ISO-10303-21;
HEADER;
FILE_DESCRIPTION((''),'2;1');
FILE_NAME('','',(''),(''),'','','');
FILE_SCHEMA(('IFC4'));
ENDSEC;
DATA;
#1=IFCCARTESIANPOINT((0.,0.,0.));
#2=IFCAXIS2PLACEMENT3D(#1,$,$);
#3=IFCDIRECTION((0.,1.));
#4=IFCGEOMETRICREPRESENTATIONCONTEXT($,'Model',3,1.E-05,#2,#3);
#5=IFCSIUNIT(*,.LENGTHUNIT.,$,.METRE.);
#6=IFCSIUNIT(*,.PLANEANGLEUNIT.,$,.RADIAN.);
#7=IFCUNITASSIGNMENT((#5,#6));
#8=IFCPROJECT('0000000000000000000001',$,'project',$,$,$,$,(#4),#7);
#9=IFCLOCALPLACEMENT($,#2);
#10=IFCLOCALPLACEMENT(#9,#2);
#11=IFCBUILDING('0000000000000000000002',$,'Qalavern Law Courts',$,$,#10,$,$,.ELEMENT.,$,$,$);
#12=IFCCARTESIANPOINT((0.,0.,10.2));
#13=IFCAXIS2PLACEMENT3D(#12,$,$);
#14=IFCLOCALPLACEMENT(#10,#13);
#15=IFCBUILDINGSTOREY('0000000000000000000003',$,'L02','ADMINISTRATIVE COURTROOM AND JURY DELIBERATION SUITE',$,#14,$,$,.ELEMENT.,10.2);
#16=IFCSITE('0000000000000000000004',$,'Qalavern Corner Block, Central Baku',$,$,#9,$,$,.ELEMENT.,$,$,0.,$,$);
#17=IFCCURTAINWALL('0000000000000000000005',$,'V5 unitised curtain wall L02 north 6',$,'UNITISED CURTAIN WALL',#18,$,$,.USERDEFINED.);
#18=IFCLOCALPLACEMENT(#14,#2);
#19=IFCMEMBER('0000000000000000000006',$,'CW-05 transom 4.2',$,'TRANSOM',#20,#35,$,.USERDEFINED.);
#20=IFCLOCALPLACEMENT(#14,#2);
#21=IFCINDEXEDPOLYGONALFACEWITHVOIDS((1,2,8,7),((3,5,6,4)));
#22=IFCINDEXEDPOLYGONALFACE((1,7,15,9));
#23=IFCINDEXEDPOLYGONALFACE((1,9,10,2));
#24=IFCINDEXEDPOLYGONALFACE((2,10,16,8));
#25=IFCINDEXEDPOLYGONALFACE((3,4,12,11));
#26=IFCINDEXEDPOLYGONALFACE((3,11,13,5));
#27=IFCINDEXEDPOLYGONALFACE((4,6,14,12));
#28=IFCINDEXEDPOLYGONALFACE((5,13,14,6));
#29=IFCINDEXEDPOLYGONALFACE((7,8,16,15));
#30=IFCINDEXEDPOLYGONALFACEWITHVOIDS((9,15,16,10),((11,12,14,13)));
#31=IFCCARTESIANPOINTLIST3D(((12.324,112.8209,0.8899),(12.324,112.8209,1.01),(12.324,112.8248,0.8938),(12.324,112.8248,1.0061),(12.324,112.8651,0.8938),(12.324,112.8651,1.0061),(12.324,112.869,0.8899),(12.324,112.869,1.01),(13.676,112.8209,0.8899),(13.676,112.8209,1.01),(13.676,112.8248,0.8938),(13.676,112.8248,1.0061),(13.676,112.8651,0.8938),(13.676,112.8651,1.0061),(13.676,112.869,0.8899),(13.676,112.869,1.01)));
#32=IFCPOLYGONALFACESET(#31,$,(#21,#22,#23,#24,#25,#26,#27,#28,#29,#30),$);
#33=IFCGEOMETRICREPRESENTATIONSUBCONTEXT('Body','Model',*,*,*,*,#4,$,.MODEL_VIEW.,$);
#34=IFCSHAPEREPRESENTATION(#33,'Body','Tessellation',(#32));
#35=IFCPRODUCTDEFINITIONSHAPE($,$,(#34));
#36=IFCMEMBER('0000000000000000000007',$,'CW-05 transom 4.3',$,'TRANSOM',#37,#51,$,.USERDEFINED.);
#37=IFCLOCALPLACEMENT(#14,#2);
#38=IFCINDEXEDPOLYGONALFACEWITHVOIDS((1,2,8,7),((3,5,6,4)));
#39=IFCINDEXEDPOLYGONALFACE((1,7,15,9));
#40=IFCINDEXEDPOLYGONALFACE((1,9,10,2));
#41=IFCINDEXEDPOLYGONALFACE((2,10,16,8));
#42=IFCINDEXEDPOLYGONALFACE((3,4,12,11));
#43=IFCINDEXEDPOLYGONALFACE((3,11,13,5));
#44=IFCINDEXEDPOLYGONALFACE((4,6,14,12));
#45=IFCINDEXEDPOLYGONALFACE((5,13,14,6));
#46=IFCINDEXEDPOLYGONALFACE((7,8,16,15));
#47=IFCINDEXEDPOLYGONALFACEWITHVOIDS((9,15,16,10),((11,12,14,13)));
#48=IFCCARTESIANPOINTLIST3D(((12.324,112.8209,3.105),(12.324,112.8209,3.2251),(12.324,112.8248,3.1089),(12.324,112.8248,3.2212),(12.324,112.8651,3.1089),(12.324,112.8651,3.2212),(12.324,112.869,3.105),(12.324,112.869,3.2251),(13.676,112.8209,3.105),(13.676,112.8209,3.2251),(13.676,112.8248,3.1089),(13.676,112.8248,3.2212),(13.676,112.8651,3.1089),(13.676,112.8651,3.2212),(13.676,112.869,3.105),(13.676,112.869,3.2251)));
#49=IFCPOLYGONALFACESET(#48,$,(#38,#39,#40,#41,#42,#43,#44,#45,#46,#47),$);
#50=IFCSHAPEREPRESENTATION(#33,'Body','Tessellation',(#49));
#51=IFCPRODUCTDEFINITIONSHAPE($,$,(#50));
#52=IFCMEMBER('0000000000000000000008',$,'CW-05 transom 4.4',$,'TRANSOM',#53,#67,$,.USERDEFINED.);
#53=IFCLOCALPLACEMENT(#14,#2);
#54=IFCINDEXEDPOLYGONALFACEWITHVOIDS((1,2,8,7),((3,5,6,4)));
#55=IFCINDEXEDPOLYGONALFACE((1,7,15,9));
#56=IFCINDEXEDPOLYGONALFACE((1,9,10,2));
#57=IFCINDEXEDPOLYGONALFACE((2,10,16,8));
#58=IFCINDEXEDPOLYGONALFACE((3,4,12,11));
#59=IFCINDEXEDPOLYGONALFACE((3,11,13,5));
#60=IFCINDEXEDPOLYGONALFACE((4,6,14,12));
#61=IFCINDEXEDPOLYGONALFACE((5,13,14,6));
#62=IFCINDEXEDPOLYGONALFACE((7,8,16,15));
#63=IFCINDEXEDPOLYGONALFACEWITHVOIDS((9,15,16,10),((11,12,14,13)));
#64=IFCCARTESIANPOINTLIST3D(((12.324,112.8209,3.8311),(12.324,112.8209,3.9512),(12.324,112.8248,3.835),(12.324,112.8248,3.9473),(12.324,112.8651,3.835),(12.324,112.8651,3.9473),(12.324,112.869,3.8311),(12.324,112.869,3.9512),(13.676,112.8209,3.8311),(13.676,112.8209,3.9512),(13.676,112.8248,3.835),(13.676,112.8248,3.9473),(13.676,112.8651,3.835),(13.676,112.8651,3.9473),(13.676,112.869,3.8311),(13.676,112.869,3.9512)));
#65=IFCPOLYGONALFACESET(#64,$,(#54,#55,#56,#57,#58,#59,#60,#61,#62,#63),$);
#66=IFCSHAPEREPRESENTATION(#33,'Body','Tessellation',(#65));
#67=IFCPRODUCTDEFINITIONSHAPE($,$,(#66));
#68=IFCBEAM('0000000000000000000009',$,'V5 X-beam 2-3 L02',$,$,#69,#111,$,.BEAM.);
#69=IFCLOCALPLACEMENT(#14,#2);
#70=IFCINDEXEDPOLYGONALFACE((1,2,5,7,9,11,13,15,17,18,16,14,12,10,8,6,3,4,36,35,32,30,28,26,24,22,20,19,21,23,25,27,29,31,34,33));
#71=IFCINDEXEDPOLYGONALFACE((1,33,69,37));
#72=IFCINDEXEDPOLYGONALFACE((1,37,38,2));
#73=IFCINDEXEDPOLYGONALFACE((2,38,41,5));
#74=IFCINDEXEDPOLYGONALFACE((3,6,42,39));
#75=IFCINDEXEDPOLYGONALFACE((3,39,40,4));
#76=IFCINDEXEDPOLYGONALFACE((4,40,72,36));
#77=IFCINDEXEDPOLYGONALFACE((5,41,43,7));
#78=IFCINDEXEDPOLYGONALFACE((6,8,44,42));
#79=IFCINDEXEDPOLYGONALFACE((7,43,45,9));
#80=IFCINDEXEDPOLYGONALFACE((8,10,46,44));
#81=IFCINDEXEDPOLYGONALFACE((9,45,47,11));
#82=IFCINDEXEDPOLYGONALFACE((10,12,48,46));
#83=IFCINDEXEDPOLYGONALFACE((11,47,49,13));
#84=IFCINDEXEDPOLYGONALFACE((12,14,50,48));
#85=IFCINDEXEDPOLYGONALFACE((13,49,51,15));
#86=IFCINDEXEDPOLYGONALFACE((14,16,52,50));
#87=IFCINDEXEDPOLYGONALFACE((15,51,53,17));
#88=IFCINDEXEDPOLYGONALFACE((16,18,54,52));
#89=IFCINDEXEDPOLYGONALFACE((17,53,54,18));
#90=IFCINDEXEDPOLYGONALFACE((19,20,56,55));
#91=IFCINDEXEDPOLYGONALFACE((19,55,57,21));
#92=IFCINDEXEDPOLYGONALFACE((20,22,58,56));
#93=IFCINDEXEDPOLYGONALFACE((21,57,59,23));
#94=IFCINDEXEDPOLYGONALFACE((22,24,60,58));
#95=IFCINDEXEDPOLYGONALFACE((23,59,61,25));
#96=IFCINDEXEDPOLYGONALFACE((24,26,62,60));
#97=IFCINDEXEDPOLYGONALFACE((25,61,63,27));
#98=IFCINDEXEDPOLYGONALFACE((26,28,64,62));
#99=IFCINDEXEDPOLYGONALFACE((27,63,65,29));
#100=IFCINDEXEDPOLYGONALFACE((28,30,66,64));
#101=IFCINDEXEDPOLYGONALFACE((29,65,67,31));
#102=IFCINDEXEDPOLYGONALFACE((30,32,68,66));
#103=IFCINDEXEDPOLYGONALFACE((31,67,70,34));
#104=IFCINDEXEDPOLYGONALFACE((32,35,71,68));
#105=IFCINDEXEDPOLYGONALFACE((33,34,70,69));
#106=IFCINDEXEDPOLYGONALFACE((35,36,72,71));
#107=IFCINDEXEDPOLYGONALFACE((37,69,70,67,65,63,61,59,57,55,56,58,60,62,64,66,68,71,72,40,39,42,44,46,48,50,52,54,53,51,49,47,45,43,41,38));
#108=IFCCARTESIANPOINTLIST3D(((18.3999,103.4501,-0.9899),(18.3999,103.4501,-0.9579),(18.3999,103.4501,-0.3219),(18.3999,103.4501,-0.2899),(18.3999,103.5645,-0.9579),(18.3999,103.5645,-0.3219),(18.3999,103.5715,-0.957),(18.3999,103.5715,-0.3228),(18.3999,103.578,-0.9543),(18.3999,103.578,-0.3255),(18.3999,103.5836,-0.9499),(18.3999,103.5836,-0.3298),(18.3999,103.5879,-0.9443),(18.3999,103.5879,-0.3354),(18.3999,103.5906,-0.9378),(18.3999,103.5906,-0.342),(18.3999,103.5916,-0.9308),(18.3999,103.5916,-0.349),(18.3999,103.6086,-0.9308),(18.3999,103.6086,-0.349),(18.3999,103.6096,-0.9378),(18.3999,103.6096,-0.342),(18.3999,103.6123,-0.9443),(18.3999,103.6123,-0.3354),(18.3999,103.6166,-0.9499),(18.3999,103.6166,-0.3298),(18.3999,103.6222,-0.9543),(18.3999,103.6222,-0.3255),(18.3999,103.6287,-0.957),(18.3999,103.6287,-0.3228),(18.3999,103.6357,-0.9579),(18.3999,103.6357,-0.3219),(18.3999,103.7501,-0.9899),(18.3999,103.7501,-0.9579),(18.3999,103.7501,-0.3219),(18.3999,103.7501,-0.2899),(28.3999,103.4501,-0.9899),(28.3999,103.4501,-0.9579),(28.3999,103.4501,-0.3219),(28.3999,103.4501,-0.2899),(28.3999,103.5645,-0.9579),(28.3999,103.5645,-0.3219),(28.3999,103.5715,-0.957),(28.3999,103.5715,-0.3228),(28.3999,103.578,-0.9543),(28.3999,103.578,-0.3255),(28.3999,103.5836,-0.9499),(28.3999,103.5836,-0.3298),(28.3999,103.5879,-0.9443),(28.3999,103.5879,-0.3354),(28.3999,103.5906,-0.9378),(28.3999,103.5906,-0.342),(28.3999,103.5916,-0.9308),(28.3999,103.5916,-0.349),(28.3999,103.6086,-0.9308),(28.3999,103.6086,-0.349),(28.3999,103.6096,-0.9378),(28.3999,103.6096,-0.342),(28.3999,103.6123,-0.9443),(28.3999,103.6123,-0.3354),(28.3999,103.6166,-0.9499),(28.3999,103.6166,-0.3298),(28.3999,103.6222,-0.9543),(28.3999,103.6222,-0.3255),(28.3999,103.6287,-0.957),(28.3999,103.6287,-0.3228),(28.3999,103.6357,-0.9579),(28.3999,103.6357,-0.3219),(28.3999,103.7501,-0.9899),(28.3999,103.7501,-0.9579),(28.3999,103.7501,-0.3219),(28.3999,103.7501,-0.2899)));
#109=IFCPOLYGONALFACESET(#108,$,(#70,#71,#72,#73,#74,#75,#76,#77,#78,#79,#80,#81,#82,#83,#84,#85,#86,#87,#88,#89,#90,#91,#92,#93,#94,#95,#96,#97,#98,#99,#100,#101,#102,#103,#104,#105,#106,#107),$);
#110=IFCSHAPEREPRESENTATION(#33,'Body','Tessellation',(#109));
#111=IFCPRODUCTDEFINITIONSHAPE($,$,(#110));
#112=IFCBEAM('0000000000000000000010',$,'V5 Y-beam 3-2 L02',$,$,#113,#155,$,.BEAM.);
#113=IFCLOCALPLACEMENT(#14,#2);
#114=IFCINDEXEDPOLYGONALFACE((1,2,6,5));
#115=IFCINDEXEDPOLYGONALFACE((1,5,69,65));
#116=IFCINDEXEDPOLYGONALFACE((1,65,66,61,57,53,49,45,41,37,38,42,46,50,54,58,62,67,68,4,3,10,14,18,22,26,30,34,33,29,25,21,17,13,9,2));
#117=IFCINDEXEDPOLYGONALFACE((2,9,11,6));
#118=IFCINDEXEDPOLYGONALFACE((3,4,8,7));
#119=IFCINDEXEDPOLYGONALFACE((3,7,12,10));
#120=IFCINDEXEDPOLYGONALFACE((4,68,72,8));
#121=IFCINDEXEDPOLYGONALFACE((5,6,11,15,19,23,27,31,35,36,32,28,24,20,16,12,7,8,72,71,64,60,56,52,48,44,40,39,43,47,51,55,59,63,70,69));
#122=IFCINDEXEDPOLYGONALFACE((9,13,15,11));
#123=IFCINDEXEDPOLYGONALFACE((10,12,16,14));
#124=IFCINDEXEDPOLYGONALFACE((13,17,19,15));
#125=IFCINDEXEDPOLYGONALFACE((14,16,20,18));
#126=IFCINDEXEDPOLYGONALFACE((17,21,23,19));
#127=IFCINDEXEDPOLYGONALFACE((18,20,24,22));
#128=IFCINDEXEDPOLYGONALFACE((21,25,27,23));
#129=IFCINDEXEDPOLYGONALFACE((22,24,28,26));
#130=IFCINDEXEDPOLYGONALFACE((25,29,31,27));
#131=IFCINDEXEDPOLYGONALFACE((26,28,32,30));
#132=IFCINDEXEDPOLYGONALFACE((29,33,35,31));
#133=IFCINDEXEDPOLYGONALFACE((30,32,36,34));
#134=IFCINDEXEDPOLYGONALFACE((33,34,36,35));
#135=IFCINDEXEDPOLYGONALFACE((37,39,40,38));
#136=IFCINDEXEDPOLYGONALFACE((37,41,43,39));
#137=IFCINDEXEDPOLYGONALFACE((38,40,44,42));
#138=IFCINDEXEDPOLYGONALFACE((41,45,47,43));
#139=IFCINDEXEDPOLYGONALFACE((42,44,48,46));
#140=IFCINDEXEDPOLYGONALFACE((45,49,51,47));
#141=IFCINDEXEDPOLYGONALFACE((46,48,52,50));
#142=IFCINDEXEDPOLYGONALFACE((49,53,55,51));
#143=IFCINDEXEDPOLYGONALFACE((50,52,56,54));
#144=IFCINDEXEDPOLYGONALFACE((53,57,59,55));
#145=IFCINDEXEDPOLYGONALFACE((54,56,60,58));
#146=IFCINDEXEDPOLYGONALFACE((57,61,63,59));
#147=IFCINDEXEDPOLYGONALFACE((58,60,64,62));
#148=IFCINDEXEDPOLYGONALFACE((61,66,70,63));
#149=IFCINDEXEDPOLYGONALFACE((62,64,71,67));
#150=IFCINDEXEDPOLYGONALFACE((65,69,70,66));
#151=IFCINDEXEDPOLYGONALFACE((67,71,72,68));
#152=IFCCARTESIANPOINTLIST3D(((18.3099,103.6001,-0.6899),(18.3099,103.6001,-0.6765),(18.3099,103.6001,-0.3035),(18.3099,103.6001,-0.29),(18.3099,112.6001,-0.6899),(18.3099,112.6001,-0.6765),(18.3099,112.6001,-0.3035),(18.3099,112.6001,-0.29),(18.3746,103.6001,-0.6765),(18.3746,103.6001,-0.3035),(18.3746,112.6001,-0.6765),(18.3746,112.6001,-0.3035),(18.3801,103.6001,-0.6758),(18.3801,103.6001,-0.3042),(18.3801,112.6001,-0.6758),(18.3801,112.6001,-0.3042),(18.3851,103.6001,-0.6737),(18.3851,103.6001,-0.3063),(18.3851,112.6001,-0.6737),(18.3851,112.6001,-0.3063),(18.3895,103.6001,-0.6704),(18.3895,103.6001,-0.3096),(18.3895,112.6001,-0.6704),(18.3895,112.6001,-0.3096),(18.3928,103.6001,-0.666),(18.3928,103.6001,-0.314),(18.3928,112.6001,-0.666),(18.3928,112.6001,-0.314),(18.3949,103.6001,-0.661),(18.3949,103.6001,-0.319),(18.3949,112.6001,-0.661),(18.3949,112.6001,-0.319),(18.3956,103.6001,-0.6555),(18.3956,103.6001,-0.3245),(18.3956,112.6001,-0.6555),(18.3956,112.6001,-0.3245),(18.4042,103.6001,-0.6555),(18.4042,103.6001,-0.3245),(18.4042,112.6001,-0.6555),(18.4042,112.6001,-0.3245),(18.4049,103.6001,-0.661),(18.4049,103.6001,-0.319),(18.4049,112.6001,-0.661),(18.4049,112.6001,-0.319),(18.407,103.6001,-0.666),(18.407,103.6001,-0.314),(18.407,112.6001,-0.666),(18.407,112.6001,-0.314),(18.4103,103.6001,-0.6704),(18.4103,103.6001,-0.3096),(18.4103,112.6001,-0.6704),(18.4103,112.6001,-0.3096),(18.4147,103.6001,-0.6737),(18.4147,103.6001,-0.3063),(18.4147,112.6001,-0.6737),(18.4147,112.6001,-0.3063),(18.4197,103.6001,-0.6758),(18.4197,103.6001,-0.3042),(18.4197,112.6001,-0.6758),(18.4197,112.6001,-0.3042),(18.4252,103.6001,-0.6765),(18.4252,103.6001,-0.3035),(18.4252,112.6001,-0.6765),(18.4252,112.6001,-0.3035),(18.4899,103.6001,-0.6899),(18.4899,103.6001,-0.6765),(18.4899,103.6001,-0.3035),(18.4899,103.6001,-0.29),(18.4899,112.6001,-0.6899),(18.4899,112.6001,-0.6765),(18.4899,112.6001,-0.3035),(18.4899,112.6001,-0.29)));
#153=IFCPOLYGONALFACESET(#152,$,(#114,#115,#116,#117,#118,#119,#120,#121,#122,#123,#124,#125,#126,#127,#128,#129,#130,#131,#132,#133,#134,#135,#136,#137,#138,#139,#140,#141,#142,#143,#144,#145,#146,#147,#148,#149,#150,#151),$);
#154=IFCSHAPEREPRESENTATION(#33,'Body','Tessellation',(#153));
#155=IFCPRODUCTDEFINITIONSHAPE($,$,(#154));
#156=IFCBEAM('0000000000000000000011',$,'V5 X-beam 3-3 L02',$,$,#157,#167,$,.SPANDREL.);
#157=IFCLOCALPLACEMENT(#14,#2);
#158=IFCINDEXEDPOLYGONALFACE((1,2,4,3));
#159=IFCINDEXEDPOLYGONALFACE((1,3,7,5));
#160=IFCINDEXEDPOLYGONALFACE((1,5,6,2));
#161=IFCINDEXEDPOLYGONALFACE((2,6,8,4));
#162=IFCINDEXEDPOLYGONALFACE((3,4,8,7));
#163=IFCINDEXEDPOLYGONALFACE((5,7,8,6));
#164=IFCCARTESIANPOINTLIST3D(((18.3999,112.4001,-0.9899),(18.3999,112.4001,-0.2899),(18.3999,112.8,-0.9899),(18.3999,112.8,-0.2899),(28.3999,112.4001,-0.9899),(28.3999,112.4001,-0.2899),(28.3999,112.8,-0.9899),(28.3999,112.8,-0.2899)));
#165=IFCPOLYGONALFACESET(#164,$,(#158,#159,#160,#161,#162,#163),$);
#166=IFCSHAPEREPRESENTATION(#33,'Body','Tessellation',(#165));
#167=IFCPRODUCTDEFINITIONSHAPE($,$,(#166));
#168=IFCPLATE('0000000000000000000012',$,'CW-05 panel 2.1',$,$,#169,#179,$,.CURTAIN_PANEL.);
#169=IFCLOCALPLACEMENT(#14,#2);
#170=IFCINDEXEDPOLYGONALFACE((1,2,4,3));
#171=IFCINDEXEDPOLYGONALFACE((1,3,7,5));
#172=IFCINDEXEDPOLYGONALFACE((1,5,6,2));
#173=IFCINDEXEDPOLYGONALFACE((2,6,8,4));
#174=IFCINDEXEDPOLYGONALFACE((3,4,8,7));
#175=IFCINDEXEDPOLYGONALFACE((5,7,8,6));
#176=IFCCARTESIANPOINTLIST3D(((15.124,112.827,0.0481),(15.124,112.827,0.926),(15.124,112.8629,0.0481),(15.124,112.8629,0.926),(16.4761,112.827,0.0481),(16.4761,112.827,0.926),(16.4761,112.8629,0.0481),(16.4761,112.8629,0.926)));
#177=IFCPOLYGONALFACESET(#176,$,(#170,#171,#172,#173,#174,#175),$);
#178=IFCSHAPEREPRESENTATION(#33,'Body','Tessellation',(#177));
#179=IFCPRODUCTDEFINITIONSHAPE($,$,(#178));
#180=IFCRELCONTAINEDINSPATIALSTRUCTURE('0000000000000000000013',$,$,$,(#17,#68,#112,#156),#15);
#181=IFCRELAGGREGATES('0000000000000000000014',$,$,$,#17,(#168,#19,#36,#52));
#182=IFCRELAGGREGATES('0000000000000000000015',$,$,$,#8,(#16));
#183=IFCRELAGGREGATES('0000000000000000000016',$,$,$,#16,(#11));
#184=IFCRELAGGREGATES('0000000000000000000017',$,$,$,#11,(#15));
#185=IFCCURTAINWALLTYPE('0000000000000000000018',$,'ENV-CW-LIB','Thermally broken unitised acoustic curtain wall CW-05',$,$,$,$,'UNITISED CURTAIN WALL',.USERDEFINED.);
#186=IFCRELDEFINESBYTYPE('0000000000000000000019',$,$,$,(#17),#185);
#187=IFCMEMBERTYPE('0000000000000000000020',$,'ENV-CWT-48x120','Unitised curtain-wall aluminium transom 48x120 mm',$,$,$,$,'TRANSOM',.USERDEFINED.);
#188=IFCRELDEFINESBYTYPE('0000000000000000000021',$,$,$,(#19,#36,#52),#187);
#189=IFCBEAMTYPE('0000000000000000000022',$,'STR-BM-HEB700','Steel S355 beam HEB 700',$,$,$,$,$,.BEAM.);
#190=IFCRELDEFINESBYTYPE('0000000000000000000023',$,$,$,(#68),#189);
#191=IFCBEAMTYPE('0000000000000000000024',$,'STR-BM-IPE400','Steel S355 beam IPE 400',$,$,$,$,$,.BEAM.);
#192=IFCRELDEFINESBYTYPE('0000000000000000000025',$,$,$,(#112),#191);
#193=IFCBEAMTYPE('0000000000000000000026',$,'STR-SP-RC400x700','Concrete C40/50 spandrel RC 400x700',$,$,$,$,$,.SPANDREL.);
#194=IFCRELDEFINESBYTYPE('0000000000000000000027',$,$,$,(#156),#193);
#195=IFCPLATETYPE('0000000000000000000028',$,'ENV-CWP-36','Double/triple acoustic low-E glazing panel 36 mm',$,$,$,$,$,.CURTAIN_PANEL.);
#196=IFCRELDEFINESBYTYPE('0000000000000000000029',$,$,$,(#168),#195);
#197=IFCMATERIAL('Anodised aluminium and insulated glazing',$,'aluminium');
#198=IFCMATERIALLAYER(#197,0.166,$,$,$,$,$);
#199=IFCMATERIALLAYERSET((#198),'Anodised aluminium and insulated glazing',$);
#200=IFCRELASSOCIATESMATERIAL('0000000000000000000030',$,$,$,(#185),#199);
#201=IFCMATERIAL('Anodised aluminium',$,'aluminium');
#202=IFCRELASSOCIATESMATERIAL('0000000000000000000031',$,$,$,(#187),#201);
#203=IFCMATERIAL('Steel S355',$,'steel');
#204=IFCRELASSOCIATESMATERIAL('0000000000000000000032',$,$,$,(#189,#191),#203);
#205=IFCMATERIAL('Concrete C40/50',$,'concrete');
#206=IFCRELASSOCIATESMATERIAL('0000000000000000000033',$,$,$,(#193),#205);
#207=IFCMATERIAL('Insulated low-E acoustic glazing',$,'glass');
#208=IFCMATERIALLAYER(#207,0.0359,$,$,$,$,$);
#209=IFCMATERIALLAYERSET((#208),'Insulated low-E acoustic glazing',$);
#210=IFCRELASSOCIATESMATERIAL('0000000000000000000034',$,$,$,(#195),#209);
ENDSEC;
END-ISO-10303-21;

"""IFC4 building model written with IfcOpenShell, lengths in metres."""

from ifc_helpers import new_model, si_unit, direction, frame, origin, origin_2d, place, context, subcontext, project, spatial, rectangle, hollow_rectangle, i_section, extrude, material, layer, layer_set, material_profile, profile_set, type_object, element, aggregate, save


model = new_model("IFC4")

# Units and contexts
model_context = context("Model", 3, precision=1e-05, world=origin(), true_north=direction((0.0, 1.0)))
body_context = subcontext(model_context, "Body", "Model", "MODEL_VIEW")
ifc_project = project(units=[si_unit("LENGTHUNIT", "METRE"), si_unit("PLANEANGLEUNIT", "RADIAN")], contexts=[model_context])

# Site, building, storey
site_placement = place(None, origin())
site = spatial("IfcSite", under=ifc_project, at=site_placement, Name="Qalavern Corner Block, Central Baku", CompositionType="ELEMENT", RefElevation=0.0)
building_placement = place(site_placement, origin())
building = spatial("IfcBuilding", under=site, at=building_placement, Name="Qalavern Law Courts", CompositionType="ELEMENT")
storey_placement = place(building_placement, frame((0.0, 0.0, 10.2)))
storey = spatial("IfcBuildingStorey", under=building, at=storey_placement, Name="L02", Description="ADMINISTRATIVE COURTROOM AND JURY DELIBERATION SUITE", CompositionType="ELEMENT", Elevation=10.2)

# Curtain wall, members
ifc_material_1 = material(Name="Anodised aluminium and insulated glazing", Category="aluminium")
ifc_layer_1 = layer(ifc_material_1, 0.166)
ifc_layer_set_1 = layer_set([ifc_layer_1], Name="Anodised aluminium and insulated glazing")
curtain_wall_type = type_object("IfcCurtainWallType", Name="ENV-CW-LIB", Description="Thermally broken unitised acoustic curtain wall CW-05", ElementType="UNITISED CURTAIN WALL", PredefinedType="USERDEFINED", material=ifc_layer_set_1)
curtain_wall_placement = place(storey_placement, origin())
curtain_wall = element("IfcCurtainWall", 1, at=curtain_wall_placement, inside=storey, type_object=curtain_wall_type, Name="V5 unitised curtain wall L02 north 6", ObjectType="UNITISED CURTAIN WALL", PredefinedType="USERDEFINED")
ifc_material_2 = material(Name="Anodised aluminium", Category="aluminium")
ifc_material_profile_1 = material_profile(ifc_material_2, hollow_rectangle(XDim=0.0481, YDim=0.1201, WallThickness=0.0039, at=origin_2d()), Name="ALU TRANSOM 48x120")
ifc_profile_set_1 = profile_set([ifc_material_profile_1], Name="Anodised aluminium")
member_type_1 = type_object("IfcMemberType", Name="ENV-CWT-48x120", Description="Unitised curtain-wall aluminium transom 48x120 mm", ElementType="TRANSOM", PredefinedType="USERDEFINED", material=ifc_profile_set_1)
member_1_placement = place(storey_placement, frame((13.676, 112.845, 0.95), z_axis=(-1.0, 0.0, 0.0), x_axis=(0.0, -1.0, 0.0)))
member_1 = element("IfcMember", 2, at=member_1_placement, type_object=member_type_1, Name="CW-05 transom 4.2", ObjectType="TRANSOM", PredefinedType="USERDEFINED", context=body_context, shape_type="SweptSolid", body=[
    extrude(hollow_rectangle(XDim=0.0481, YDim=0.1201, WallThickness=0.0039, at=origin_2d()), origin(), (0.0, 0.0, 1.0), 1.3521),
])
member_2_placement = place(storey_placement, frame((13.676, 112.845, 3.165), z_axis=(-1.0, 0.0, 0.0), x_axis=(0.0, -1.0, 0.0)))
member_2 = element("IfcMember", 3, at=member_2_placement, type_object=member_type_1, Name="CW-05 transom 4.3", ObjectType="TRANSOM", PredefinedType="USERDEFINED", context=body_context, shape_type="SweptSolid", body=[
    extrude(hollow_rectangle(XDim=0.0481, YDim=0.1201, WallThickness=0.0039, at=origin_2d()), origin(), (0.0, 0.0, 1.0), 1.3521),
])
member_3_placement = place(storey_placement, frame((13.676, 112.845, 3.8911), z_axis=(-1.0, 0.0, 0.0), x_axis=(0.0, -1.0, 0.0)))
member_3 = element("IfcMember", 4, at=member_3_placement, type_object=member_type_1, Name="CW-05 transom 4.4", ObjectType="TRANSOM", PredefinedType="USERDEFINED", context=body_context, shape_type="SweptSolid", body=[
    extrude(hollow_rectangle(XDim=0.0481, YDim=0.1201, WallThickness=0.0039, at=origin_2d()), origin(), (0.0, 0.0, 1.0), 1.3521),
])

# Beams
ifc_material_3 = material(Name="Steel S355", Category="steel")
ifc_material_profile_2 = material_profile(ifc_material_3, i_section(OverallWidth=0.3, OverallDepth=0.7, WebThickness=0.0171, FlangeThickness=0.032, FilletRadius=0.0271, at=origin_2d()), Name="HEB 700")
ifc_profile_set_2 = profile_set([ifc_material_profile_2], Name="Steel S355")
beam_type_1 = type_object("IfcBeamType", Name="STR-BM-HEB700", Description="Steel S355 beam HEB 700", PredefinedType="BEAM", material=ifc_profile_set_2)
beam_1_placement = place(storey_placement, frame((18.3999, 103.6001, -0.6399), z_axis=(1.0, 0.0, 0.0), x_axis=(0.0, 1.0, 0.0)))
element("IfcBeam", 5, at=beam_1_placement, inside=storey, type_object=beam_type_1, Name="V5 X-beam 2-3 L02", PredefinedType="BEAM", context=body_context, shape_type="SweptSolid", body=[
    extrude(i_section(OverallWidth=0.3, OverallDepth=0.7, WebThickness=0.0171, FlangeThickness=0.032, FilletRadius=0.0271, at=origin_2d()), origin(), (0.0, 0.0, 1.0), 10.0),
])
ifc_material_profile_3 = material_profile(ifc_material_3, i_section(OverallWidth=0.1799, OverallDepth=0.3999, WebThickness=0.0085, FlangeThickness=0.0134, FilletRadius=0.021, at=origin_2d()), Name="IPE 400")
ifc_profile_set_3 = profile_set([ifc_material_profile_3], Name="Steel S355")
beam_type_2 = type_object("IfcBeamType", Name="STR-BM-IPE400", Description="Steel S355 beam IPE 400", PredefinedType="BEAM", material=ifc_profile_set_3)
beam_2_placement = place(storey_placement, frame((18.3999, 103.6001, -0.49), z_axis=(0.0, 1.0, 0.0), x_axis=(-1.0, 0.0, 0.0)))
element("IfcBeam", 6, at=beam_2_placement, inside=storey, type_object=beam_type_2, Name="V5 Y-beam 3-2 L02", PredefinedType="BEAM", context=body_context, shape_type="SweptSolid", body=[
    extrude(i_section(OverallWidth=0.1799, OverallDepth=0.3999, WebThickness=0.0085, FlangeThickness=0.0134, FilletRadius=0.021, at=origin_2d()), origin(), (0.0, 0.0, 1.0), 9.0),
])
ifc_material_4 = material(Name="Concrete C40/50", Category="concrete")
ifc_material_profile_4 = material_profile(ifc_material_4, rectangle(XDim=0.3999, YDim=0.7, at=origin_2d()), Name="RC 400x700")
ifc_profile_set_4 = profile_set([ifc_material_profile_4], Name="Concrete C40/50")
beam_type_3 = type_object("IfcBeamType", Name="STR-SP-RC400x700", Description="Concrete C40/50 spandrel RC 400x700", PredefinedType="SPANDREL", material=ifc_profile_set_4)
beam_3_placement = place(storey_placement, frame((18.3999, 112.6001, -0.6399), z_axis=(1.0, 0.0, 0.0), x_axis=(0.0, 1.0, 0.0)))
element("IfcBeam", 7, at=beam_3_placement, inside=storey, type_object=beam_type_3, Name="V5 X-beam 3-3 L02", PredefinedType="SPANDREL", context=body_context, shape_type="SweptSolid", body=[
    extrude(rectangle(XDim=0.3999, YDim=0.7, at=origin_2d()), origin(), (0.0, 0.0, 1.0), 10.0),
])

# Plate
ifc_material_5 = material(Name="Insulated low-E acoustic glazing", Category="glass")
ifc_layer_2 = layer(ifc_material_5, 0.0359)
ifc_layer_set_2 = layer_set([ifc_layer_2], Name="Insulated low-E acoustic glazing")
plate_type = type_object("IfcPlateType", Name="ENV-CWP-36", Description="Double/triple acoustic low-E glazing panel 36 mm", PredefinedType="CURTAIN_PANEL", material=ifc_layer_set_2)
plate_1_placement = place(storey_placement, frame((15.8, 112.845, 0.0481), z_axis=(0.0, 0.0, 1.0), x_axis=(-1.0, 0.0, 0.0)))
plate_1 = element("IfcPlate", 8, at=plate_1_placement, type_object=plate_type, Name="CW-05 panel 2.1", PredefinedType="CURTAIN_PANEL", context=body_context, shape_type="SweptSolid", body=[
    extrude(rectangle(XDim=1.3521, YDim=0.0359, at=origin_2d()), origin(), (0.0, 0.0, 1.0), 0.8779),
])
aggregate(curtain_wall, [plate_1, member_1, member_2, member_3])

save(model, "model.ifc")
